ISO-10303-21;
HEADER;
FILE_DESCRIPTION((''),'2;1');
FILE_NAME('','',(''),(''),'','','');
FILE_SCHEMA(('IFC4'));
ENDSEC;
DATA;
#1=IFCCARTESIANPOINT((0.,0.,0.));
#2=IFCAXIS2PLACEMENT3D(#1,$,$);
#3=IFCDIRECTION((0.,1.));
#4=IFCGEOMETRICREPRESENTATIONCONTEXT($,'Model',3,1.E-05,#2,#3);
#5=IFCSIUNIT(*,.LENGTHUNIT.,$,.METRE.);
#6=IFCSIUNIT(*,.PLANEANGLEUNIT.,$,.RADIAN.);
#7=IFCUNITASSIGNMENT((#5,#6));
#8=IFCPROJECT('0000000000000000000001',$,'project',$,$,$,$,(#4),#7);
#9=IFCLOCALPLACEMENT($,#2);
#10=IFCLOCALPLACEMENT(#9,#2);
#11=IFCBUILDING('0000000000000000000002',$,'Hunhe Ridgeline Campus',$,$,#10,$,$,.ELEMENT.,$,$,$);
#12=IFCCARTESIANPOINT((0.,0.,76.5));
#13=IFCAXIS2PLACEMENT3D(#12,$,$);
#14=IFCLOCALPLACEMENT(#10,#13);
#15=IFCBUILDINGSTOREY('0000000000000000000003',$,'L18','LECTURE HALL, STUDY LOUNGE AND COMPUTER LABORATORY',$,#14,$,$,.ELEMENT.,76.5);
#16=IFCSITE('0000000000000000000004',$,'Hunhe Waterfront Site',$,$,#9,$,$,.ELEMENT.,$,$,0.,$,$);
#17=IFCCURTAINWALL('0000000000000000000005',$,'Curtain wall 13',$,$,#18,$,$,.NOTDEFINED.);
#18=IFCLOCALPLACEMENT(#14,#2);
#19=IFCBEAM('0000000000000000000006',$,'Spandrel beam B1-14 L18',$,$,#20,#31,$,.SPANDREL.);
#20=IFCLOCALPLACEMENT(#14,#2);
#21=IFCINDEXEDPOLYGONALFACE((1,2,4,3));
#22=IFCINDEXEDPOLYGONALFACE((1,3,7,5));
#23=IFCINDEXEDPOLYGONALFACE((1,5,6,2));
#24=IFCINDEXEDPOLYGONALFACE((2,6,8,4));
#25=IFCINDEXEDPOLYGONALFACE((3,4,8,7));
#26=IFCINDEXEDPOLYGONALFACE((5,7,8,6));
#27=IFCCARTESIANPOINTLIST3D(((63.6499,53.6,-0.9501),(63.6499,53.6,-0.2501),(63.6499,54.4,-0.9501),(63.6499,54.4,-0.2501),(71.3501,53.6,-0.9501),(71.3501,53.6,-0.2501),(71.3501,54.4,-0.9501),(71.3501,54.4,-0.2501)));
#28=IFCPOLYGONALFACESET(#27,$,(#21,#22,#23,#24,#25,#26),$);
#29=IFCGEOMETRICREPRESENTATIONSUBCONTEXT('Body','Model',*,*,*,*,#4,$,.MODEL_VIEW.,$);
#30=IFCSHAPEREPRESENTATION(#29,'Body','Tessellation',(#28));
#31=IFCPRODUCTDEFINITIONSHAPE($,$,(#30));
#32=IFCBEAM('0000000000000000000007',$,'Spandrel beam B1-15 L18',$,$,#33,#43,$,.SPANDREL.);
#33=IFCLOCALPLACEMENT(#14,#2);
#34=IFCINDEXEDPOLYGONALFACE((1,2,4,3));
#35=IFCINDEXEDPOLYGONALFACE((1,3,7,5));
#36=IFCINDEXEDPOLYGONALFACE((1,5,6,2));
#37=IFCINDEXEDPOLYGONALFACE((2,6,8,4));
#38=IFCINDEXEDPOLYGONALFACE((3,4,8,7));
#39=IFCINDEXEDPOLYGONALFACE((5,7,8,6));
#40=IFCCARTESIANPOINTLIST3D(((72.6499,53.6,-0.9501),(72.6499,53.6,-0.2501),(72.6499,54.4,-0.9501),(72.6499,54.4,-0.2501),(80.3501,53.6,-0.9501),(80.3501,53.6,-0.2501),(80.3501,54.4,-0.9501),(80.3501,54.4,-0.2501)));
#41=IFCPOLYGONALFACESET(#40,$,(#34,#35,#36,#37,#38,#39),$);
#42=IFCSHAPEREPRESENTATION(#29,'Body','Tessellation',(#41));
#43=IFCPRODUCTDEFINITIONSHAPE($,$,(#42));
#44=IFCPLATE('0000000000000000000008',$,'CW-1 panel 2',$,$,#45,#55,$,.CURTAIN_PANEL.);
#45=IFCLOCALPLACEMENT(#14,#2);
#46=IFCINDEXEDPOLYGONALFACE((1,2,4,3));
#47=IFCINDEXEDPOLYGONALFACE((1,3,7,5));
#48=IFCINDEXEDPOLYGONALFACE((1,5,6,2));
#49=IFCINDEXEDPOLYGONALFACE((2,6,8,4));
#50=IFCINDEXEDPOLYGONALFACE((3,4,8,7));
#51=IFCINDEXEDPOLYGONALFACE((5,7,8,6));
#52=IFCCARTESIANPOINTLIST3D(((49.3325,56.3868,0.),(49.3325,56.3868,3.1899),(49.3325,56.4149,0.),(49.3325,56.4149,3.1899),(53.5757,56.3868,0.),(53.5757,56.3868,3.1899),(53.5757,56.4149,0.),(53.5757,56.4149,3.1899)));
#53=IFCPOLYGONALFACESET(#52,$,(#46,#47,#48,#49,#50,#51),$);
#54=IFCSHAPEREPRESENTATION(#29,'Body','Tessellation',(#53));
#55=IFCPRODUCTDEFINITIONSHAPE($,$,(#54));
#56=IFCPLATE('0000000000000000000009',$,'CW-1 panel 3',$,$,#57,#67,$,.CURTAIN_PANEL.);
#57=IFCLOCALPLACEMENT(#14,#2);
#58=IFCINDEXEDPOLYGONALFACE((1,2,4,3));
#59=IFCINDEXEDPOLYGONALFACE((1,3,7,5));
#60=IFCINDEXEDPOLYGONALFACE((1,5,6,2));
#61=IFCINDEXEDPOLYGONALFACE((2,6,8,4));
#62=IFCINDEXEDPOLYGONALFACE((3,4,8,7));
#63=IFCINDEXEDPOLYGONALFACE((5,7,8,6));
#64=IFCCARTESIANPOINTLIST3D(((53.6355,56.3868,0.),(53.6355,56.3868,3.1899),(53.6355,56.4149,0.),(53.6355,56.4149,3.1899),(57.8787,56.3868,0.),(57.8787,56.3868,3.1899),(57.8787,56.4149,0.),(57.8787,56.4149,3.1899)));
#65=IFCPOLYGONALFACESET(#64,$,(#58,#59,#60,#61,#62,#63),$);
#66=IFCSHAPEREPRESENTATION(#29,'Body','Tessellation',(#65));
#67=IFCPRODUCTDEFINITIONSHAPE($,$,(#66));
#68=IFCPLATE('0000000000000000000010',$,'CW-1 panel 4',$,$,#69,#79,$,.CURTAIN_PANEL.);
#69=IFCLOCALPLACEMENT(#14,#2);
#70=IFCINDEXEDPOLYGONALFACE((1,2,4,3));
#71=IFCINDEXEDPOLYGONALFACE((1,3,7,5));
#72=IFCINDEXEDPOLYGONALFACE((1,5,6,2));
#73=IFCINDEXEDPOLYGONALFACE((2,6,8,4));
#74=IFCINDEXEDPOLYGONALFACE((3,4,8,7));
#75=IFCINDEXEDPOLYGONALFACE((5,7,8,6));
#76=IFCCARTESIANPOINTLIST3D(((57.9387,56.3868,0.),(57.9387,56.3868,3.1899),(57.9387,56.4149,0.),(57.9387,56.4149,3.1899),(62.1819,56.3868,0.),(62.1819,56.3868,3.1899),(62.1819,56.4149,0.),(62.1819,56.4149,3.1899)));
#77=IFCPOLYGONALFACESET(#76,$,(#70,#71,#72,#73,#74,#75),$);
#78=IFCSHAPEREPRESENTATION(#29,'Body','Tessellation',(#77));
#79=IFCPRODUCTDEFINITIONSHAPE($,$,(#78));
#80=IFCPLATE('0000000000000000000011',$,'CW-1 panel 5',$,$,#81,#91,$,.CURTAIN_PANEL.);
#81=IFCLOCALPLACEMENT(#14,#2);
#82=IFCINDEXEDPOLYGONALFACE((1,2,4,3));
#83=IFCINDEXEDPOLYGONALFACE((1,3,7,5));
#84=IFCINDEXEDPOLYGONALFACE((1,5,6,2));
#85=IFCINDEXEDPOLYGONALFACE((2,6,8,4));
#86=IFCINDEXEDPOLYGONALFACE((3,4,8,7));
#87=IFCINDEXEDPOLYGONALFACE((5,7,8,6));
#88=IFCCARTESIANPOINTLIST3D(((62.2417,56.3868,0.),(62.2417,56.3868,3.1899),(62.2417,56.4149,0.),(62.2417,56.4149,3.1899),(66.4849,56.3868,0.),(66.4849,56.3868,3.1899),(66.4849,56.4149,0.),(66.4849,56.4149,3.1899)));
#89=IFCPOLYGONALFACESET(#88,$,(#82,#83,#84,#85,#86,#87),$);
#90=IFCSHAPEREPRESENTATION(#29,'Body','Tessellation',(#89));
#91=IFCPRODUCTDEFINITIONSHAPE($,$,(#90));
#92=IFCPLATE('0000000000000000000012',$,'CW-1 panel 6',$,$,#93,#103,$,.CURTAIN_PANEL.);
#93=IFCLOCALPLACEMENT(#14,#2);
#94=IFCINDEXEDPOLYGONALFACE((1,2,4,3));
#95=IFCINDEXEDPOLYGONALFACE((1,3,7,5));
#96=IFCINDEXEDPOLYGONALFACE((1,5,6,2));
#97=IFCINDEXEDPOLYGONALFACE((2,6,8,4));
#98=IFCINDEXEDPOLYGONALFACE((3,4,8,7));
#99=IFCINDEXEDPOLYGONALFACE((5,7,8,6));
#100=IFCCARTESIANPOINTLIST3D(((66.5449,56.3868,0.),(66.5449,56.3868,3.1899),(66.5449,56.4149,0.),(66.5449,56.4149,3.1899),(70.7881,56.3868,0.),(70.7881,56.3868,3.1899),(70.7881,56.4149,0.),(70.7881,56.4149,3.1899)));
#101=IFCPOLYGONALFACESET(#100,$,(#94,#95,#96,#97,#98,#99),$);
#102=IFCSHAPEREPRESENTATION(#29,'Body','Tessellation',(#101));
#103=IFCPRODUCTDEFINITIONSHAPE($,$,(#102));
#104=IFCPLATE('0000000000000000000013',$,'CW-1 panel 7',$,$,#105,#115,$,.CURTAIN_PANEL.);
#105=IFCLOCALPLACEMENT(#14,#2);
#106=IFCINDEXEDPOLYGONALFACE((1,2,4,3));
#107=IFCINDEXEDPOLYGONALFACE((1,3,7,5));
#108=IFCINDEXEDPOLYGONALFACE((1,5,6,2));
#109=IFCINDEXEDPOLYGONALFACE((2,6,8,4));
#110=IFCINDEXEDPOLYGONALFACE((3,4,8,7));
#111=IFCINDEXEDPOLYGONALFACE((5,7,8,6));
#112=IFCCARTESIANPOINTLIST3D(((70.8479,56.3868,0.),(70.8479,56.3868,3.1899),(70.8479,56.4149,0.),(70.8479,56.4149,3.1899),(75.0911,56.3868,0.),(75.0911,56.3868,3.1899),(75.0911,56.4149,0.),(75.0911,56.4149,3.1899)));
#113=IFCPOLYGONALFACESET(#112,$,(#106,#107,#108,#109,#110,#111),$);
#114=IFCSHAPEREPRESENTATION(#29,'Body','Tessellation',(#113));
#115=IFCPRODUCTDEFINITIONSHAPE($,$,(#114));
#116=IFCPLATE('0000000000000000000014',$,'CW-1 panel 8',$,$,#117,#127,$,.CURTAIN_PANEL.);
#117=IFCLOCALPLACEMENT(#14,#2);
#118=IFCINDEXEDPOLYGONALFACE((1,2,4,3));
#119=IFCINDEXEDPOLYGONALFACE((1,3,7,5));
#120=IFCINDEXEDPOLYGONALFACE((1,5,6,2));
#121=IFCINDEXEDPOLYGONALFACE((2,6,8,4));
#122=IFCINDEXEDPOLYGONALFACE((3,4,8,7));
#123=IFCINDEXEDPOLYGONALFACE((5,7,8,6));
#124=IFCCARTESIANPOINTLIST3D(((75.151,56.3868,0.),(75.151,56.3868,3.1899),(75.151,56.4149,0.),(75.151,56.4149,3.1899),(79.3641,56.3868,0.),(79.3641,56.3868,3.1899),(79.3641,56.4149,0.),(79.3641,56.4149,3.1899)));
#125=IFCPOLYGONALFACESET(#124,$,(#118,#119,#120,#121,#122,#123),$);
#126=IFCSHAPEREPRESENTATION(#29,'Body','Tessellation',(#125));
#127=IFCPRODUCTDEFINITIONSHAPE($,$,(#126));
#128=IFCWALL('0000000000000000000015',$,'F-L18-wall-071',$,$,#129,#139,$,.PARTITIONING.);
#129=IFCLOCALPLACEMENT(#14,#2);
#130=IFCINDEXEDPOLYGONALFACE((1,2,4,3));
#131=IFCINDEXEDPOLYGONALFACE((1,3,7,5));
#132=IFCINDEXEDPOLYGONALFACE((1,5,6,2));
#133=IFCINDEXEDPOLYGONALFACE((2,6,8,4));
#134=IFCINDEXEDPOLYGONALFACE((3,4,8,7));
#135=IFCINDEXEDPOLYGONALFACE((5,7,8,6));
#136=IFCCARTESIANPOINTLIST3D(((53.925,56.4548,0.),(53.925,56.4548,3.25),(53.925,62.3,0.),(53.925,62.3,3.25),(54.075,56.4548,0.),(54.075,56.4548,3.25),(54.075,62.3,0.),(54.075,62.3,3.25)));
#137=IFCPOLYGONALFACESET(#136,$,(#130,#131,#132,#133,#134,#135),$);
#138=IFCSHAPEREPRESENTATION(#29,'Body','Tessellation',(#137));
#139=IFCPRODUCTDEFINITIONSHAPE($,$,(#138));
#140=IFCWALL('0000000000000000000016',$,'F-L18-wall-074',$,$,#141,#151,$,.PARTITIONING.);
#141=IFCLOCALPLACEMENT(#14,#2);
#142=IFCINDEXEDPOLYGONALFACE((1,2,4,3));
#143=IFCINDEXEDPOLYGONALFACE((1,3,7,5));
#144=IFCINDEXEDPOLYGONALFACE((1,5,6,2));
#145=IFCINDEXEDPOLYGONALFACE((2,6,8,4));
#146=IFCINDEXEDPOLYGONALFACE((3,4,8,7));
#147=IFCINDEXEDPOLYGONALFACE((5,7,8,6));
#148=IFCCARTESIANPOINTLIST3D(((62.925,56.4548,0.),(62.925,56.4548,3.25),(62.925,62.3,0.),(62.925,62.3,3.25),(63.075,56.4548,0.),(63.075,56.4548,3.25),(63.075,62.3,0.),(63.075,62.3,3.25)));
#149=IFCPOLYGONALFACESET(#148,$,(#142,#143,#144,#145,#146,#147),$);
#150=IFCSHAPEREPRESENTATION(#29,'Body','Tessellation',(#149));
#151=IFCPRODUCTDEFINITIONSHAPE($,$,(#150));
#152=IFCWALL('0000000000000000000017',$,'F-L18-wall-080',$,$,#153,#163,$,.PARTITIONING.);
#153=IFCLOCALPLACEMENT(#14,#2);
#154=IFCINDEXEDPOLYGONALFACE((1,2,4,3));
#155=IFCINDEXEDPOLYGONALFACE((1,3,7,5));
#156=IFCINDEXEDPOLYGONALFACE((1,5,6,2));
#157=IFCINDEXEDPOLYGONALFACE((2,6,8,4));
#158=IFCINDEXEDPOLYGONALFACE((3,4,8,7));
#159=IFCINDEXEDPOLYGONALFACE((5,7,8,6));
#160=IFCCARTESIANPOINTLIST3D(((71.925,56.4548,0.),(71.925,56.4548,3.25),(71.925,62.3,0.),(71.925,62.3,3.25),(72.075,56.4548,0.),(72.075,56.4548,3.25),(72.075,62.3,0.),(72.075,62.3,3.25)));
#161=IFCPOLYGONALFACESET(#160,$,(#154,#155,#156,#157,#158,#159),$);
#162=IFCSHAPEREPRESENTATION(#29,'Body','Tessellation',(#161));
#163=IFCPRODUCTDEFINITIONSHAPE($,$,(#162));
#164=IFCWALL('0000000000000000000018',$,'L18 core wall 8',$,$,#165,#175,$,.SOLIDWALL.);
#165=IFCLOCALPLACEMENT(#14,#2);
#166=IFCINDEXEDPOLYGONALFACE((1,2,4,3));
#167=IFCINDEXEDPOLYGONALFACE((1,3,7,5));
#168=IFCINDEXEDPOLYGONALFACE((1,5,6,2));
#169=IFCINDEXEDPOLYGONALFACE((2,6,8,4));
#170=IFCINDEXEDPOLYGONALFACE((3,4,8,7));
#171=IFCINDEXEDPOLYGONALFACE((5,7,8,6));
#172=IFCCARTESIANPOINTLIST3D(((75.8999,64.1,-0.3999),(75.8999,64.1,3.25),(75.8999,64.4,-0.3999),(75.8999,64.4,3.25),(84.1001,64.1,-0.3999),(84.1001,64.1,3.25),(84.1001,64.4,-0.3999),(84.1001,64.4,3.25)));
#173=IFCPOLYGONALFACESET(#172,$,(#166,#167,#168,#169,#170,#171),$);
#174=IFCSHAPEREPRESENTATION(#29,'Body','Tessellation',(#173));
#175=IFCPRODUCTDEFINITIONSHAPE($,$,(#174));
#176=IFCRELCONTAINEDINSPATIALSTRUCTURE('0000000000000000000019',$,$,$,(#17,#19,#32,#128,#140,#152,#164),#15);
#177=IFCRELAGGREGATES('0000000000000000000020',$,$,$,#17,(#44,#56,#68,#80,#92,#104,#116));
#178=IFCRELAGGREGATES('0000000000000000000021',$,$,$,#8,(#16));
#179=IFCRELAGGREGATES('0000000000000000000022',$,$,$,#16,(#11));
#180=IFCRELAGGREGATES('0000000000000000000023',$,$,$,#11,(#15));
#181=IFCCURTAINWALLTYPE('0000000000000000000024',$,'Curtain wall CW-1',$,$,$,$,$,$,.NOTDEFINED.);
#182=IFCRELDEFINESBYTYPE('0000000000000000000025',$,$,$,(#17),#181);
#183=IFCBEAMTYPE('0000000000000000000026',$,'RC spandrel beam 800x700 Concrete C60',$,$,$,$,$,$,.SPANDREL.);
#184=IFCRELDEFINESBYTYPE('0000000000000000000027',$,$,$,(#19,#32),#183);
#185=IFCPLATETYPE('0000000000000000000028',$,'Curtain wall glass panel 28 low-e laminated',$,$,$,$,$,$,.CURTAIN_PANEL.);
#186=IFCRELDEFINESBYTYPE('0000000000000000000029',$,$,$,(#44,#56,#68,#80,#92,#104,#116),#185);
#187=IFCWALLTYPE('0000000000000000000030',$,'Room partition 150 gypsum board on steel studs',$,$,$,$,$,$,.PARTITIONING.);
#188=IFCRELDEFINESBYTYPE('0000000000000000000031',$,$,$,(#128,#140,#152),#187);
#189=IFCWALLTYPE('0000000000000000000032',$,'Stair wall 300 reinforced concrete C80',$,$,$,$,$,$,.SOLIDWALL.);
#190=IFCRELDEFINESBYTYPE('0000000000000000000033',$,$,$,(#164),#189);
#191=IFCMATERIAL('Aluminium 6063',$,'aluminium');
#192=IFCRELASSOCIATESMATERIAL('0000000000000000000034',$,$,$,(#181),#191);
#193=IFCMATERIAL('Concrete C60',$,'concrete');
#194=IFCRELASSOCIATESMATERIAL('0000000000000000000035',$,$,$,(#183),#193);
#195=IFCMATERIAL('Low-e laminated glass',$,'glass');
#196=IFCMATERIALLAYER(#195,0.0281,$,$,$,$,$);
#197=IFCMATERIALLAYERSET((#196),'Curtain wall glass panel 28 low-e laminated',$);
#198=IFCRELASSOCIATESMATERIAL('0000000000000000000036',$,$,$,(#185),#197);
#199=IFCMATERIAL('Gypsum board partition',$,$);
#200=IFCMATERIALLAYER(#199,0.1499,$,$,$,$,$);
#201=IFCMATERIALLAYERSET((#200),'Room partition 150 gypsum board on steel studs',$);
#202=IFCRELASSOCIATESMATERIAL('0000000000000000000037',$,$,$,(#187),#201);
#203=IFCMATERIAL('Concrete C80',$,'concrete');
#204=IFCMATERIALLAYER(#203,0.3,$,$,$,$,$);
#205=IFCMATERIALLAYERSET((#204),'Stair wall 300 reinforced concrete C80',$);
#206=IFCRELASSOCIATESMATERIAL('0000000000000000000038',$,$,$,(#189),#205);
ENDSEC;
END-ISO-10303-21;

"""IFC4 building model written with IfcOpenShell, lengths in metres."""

from ifc_helpers import new_model, si_unit, direction, frame, frame_2d, origin, origin_2d, place, context, subcontext, project, spatial, rectangle, extrude, material, layer, layer_set, material_profile, profile_set, type_object, element, aggregate, save


model = new_model("IFC4")

# Units and contexts
model_context = context("Model", 3, precision=1e-05, world=origin(), true_north=direction((0.0, 1.0)))
body_context = subcontext(model_context, "Body", "Model", "MODEL_VIEW")
ifc_project = project(units=[si_unit("LENGTHUNIT", "METRE"), si_unit("PLANEANGLEUNIT", "RADIAN")], contexts=[model_context])

# Site, building, storey
site_placement = place(None, origin())
site = spatial("IfcSite", under=ifc_project, at=site_placement, Name="Hunhe Waterfront Site", CompositionType="ELEMENT", RefElevation=0.0)
building_placement = place(site_placement, origin())
building = spatial("IfcBuilding", under=site, at=building_placement, Name="Hunhe Ridgeline Campus", CompositionType="ELEMENT")
storey_placement = place(building_placement, frame((0.0, 0.0, 76.5)))
storey = spatial("IfcBuildingStorey", under=building, at=storey_placement, Name="L18", Description="LECTURE HALL, STUDY LOUNGE AND COMPUTER LABORATORY", CompositionType="ELEMENT", Elevation=76.5)

# Shared definitions
ifc_material_1 = material(Name="Concrete C80", Category="concrete")

# Curtain wall
ifc_material_2 = material(Name="Aluminium 6063", Category="aluminium")
curtain_wall_type = type_object("IfcCurtainWallType", Name="Curtain wall CW-1", PredefinedType="NOTDEFINED", material=ifc_material_2)
curtain_wall_placement = place(storey_placement, origin())
curtain_wall = element("IfcCurtainWall", 1, at=curtain_wall_placement, inside=storey, type_object=curtain_wall_type, Name="Curtain wall 13", PredefinedType="NOTDEFINED")

# Beams
ifc_material_3 = material(Name="Concrete C60", Category="concrete")
ifc_material_profile_1 = material_profile(ifc_material_3, rectangle(XDim=0.8, YDim=0.7, at=origin_2d()))
ifc_profile_set_1 = profile_set([ifc_material_profile_1], Name="Concrete C60")
beam_type = type_object("IfcBeamType", Name="RC spandrel beam 800x700 Concrete C60", PredefinedType="SPANDREL", material=ifc_profile_set_1)
for number, where, z_axis, x_axis, name in (
    (2, (63.6499, 54.0, -0.6001), (1.0, 0.0, 0.0), (0.0, 1.0, 0.0), "Spandrel beam B1-14 L18"),
    (3, (72.6499, 54.0, -0.6001), (1.0, 0.0, 0.0), (0.0, 1.0, 0.0), "Spandrel beam B1-15 L18"),
):
    element("IfcBeam", number, at=place(storey_placement, frame(where, z_axis=z_axis, x_axis=x_axis)), inside=storey, type_object=beam_type, Name=name, PredefinedType="SPANDREL", context=body_context, shape_type="SweptSolid", body=[
        extrude(rectangle(XDim=0.8, YDim=0.7, at=origin_2d()), origin(), (0.0, 0.0, 1.0), 7.7002),
    ])

# Plates
ifc_material_4 = material(Name="Low-e laminated glass", Category="glass")
ifc_layer_1 = layer(ifc_material_4, 0.0281)
ifc_layer_set_1 = layer_set([ifc_layer_1], Name="Curtain wall glass panel 28 low-e laminated")
plate_type = type_object("IfcPlateType", Name="Curtain wall glass panel 28 low-e laminated", PredefinedType="CURTAIN_PANEL", material=ifc_layer_set_1)
plate_1_placement = place(storey_placement, frame((51.4541, 56.4009, 0.0), z_axis=(0.0, 0.0, 1.0), x_axis=(1.0, 0.000004, 0.0)))
plate_1 = element("IfcPlate", 4, at=plate_1_placement, type_object=plate_type, Name="CW-1 panel 2", PredefinedType="CURTAIN_PANEL", context=body_context, shape_type="SweptSolid", body=[
    extrude(rectangle(XDim=4.2432, YDim=0.0281, at=origin_2d()), origin(), (0.0, 0.0, 1.0), 3.1899),
])
plate_2_placement = place(storey_placement, frame((55.7571, 56.4009, 0.0), z_axis=(0.0, 0.0, 1.0), x_axis=(1.0, 0.000004, 0.0)))
plate_2 = element("IfcPlate", 5, at=plate_2_placement, type_object=plate_type, Name="CW-1 panel 3", PredefinedType="CURTAIN_PANEL", context=body_context, shape_type="SweptSolid", body=[
    extrude(rectangle(XDim=4.2432, YDim=0.0281, at=origin_2d()), origin(), (0.0, 0.0, 1.0), 3.1899),
])
plate_3_placement = place(storey_placement, frame((60.0603, 56.4009, 0.0), z_axis=(0.0, 0.0, 1.0), x_axis=(1.0, 0.000004, 0.0)))
plate_3 = element("IfcPlate", 6, at=plate_3_placement, type_object=plate_type, Name="CW-1 panel 4", PredefinedType="CURTAIN_PANEL", context=body_context, shape_type="SweptSolid", body=[
    extrude(rectangle(XDim=4.2432, YDim=0.0281, at=origin_2d()), origin(), (0.0, 0.0, 1.0), 3.1899),
])
plate_4_placement = place(storey_placement, frame((64.3633, 56.4009, 0.0), z_axis=(0.0, 0.0, 1.0), x_axis=(1.0, 0.000004, 0.0)))
plate_4 = element("IfcPlate", 7, at=plate_4_placement, type_object=plate_type, Name="CW-1 panel 5", PredefinedType="CURTAIN_PANEL", context=body_context, shape_type="SweptSolid", body=[
    extrude(rectangle(XDim=4.2432, YDim=0.0281, at=origin_2d()), origin(), (0.0, 0.0, 1.0), 3.1899),
])
plate_5_placement = place(storey_placement, frame((68.6665, 56.4009, 0.0), z_axis=(0.0, 0.0, 1.0), x_axis=(1.0, 0.000004, 0.0)))
plate_5 = element("IfcPlate", 8, at=plate_5_placement, type_object=plate_type, Name="CW-1 panel 6", PredefinedType="CURTAIN_PANEL", context=body_context, shape_type="SweptSolid", body=[
    extrude(rectangle(XDim=4.2432, YDim=0.0281, at=origin_2d()), origin(), (0.0, 0.0, 1.0), 3.1899),
])
plate_6_placement = place(storey_placement, frame((72.9695, 56.4009, 0.0), z_axis=(0.0, 0.0, 1.0), x_axis=(1.0, 0.000004, 0.0)))
plate_6 = element("IfcPlate", 9, at=plate_6_placement, type_object=plate_type, Name="CW-1 panel 7", PredefinedType="CURTAIN_PANEL", context=body_context, shape_type="SweptSolid", body=[
    extrude(rectangle(XDim=4.2432, YDim=0.0281, at=origin_2d()), origin(), (0.0, 0.0, 1.0), 3.1899),
])
plate_7_placement = place(storey_placement, frame((77.2576, 56.4009, 0.0), z_axis=(0.0, 0.0, 1.0), x_axis=(1.0, 0.000004, 0.0)))
plate_7 = element("IfcPlate", 10, at=plate_7_placement, type_object=plate_type, Name="CW-1 panel 8", PredefinedType="CURTAIN_PANEL", context=body_context, shape_type="SweptSolid", body=[
    extrude(rectangle(XDim=4.2131, YDim=0.0281, at=origin_2d()), origin(), (0.0, 0.0, 1.0), 3.1899),
])
aggregate(curtain_wall, [plate_1, plate_2, plate_3, plate_4, plate_5, plate_6, plate_7])

# Walls
ifc_material_5 = material(Name="Gypsum board partition")
ifc_layer_2 = layer(ifc_material_5, 0.1499)
ifc_layer_set_2 = layer_set([ifc_layer_2], Name="Room partition 150 gypsum board on steel studs")
wall_type_1 = type_object("IfcWallType", Name="Room partition 150 gypsum board on steel studs", PredefinedType="PARTITIONING", material=ifc_layer_set_2)
for number, where, z_axis, x_axis, name in (
    (11, (54.0, 62.3, 0.0), (0.0, 0.0, 1.0), (0.0, -1.0, 0.0), "F-L18-wall-071"),
    (12, (63.0, 62.3, 0.0), (0.0, 0.0, 1.0), (0.0, -1.0, 0.0), "F-L18-wall-074"),
    (13, (72.0, 62.3, 0.0), (0.0, 0.0, 1.0), (0.0, -1.0, 0.0), "F-L18-wall-080"),
):
    element("IfcWall", number, at=place(storey_placement, frame(where, z_axis=z_axis, x_axis=x_axis)), inside=storey, type_object=wall_type_1, Name=name, PredefinedType="PARTITIONING", context=body_context, shape_type="SweptSolid", body=[
        extrude(rectangle(XDim=5.8452, YDim=0.1499, at=frame_2d((2.9226, 0.0))), origin(), (0.0, 0.0, 1.0), 3.25),
    ])
ifc_layer_3 = layer(ifc_material_1, 0.3)
ifc_layer_set_3 = layer_set([ifc_layer_3], Name="Stair wall 300 reinforced concrete C80")
wall_type_2 = type_object("IfcWallType", Name="Stair wall 300 reinforced concrete C80", PredefinedType="SOLIDWALL", material=ifc_layer_set_3)
wall_1_placement = place(storey_placement, frame((75.8999, 64.25, -0.3999), z_axis=(0.0, 0.0, 1.0), x_axis=(1.0, 0.0, 0.0)))
element("IfcWall", 14, at=wall_1_placement, inside=storey, type_object=wall_type_2, Name="L18 core wall 8", PredefinedType="SOLIDWALL", context=body_context, shape_type="SweptSolid", body=[
    extrude(rectangle(XDim=8.2002, YDim=0.3, at=frame_2d((4.1001, 0.0))), origin(), (0.0, 0.0, 1.0), 3.6499),
])

save(model, "model.ifc")
